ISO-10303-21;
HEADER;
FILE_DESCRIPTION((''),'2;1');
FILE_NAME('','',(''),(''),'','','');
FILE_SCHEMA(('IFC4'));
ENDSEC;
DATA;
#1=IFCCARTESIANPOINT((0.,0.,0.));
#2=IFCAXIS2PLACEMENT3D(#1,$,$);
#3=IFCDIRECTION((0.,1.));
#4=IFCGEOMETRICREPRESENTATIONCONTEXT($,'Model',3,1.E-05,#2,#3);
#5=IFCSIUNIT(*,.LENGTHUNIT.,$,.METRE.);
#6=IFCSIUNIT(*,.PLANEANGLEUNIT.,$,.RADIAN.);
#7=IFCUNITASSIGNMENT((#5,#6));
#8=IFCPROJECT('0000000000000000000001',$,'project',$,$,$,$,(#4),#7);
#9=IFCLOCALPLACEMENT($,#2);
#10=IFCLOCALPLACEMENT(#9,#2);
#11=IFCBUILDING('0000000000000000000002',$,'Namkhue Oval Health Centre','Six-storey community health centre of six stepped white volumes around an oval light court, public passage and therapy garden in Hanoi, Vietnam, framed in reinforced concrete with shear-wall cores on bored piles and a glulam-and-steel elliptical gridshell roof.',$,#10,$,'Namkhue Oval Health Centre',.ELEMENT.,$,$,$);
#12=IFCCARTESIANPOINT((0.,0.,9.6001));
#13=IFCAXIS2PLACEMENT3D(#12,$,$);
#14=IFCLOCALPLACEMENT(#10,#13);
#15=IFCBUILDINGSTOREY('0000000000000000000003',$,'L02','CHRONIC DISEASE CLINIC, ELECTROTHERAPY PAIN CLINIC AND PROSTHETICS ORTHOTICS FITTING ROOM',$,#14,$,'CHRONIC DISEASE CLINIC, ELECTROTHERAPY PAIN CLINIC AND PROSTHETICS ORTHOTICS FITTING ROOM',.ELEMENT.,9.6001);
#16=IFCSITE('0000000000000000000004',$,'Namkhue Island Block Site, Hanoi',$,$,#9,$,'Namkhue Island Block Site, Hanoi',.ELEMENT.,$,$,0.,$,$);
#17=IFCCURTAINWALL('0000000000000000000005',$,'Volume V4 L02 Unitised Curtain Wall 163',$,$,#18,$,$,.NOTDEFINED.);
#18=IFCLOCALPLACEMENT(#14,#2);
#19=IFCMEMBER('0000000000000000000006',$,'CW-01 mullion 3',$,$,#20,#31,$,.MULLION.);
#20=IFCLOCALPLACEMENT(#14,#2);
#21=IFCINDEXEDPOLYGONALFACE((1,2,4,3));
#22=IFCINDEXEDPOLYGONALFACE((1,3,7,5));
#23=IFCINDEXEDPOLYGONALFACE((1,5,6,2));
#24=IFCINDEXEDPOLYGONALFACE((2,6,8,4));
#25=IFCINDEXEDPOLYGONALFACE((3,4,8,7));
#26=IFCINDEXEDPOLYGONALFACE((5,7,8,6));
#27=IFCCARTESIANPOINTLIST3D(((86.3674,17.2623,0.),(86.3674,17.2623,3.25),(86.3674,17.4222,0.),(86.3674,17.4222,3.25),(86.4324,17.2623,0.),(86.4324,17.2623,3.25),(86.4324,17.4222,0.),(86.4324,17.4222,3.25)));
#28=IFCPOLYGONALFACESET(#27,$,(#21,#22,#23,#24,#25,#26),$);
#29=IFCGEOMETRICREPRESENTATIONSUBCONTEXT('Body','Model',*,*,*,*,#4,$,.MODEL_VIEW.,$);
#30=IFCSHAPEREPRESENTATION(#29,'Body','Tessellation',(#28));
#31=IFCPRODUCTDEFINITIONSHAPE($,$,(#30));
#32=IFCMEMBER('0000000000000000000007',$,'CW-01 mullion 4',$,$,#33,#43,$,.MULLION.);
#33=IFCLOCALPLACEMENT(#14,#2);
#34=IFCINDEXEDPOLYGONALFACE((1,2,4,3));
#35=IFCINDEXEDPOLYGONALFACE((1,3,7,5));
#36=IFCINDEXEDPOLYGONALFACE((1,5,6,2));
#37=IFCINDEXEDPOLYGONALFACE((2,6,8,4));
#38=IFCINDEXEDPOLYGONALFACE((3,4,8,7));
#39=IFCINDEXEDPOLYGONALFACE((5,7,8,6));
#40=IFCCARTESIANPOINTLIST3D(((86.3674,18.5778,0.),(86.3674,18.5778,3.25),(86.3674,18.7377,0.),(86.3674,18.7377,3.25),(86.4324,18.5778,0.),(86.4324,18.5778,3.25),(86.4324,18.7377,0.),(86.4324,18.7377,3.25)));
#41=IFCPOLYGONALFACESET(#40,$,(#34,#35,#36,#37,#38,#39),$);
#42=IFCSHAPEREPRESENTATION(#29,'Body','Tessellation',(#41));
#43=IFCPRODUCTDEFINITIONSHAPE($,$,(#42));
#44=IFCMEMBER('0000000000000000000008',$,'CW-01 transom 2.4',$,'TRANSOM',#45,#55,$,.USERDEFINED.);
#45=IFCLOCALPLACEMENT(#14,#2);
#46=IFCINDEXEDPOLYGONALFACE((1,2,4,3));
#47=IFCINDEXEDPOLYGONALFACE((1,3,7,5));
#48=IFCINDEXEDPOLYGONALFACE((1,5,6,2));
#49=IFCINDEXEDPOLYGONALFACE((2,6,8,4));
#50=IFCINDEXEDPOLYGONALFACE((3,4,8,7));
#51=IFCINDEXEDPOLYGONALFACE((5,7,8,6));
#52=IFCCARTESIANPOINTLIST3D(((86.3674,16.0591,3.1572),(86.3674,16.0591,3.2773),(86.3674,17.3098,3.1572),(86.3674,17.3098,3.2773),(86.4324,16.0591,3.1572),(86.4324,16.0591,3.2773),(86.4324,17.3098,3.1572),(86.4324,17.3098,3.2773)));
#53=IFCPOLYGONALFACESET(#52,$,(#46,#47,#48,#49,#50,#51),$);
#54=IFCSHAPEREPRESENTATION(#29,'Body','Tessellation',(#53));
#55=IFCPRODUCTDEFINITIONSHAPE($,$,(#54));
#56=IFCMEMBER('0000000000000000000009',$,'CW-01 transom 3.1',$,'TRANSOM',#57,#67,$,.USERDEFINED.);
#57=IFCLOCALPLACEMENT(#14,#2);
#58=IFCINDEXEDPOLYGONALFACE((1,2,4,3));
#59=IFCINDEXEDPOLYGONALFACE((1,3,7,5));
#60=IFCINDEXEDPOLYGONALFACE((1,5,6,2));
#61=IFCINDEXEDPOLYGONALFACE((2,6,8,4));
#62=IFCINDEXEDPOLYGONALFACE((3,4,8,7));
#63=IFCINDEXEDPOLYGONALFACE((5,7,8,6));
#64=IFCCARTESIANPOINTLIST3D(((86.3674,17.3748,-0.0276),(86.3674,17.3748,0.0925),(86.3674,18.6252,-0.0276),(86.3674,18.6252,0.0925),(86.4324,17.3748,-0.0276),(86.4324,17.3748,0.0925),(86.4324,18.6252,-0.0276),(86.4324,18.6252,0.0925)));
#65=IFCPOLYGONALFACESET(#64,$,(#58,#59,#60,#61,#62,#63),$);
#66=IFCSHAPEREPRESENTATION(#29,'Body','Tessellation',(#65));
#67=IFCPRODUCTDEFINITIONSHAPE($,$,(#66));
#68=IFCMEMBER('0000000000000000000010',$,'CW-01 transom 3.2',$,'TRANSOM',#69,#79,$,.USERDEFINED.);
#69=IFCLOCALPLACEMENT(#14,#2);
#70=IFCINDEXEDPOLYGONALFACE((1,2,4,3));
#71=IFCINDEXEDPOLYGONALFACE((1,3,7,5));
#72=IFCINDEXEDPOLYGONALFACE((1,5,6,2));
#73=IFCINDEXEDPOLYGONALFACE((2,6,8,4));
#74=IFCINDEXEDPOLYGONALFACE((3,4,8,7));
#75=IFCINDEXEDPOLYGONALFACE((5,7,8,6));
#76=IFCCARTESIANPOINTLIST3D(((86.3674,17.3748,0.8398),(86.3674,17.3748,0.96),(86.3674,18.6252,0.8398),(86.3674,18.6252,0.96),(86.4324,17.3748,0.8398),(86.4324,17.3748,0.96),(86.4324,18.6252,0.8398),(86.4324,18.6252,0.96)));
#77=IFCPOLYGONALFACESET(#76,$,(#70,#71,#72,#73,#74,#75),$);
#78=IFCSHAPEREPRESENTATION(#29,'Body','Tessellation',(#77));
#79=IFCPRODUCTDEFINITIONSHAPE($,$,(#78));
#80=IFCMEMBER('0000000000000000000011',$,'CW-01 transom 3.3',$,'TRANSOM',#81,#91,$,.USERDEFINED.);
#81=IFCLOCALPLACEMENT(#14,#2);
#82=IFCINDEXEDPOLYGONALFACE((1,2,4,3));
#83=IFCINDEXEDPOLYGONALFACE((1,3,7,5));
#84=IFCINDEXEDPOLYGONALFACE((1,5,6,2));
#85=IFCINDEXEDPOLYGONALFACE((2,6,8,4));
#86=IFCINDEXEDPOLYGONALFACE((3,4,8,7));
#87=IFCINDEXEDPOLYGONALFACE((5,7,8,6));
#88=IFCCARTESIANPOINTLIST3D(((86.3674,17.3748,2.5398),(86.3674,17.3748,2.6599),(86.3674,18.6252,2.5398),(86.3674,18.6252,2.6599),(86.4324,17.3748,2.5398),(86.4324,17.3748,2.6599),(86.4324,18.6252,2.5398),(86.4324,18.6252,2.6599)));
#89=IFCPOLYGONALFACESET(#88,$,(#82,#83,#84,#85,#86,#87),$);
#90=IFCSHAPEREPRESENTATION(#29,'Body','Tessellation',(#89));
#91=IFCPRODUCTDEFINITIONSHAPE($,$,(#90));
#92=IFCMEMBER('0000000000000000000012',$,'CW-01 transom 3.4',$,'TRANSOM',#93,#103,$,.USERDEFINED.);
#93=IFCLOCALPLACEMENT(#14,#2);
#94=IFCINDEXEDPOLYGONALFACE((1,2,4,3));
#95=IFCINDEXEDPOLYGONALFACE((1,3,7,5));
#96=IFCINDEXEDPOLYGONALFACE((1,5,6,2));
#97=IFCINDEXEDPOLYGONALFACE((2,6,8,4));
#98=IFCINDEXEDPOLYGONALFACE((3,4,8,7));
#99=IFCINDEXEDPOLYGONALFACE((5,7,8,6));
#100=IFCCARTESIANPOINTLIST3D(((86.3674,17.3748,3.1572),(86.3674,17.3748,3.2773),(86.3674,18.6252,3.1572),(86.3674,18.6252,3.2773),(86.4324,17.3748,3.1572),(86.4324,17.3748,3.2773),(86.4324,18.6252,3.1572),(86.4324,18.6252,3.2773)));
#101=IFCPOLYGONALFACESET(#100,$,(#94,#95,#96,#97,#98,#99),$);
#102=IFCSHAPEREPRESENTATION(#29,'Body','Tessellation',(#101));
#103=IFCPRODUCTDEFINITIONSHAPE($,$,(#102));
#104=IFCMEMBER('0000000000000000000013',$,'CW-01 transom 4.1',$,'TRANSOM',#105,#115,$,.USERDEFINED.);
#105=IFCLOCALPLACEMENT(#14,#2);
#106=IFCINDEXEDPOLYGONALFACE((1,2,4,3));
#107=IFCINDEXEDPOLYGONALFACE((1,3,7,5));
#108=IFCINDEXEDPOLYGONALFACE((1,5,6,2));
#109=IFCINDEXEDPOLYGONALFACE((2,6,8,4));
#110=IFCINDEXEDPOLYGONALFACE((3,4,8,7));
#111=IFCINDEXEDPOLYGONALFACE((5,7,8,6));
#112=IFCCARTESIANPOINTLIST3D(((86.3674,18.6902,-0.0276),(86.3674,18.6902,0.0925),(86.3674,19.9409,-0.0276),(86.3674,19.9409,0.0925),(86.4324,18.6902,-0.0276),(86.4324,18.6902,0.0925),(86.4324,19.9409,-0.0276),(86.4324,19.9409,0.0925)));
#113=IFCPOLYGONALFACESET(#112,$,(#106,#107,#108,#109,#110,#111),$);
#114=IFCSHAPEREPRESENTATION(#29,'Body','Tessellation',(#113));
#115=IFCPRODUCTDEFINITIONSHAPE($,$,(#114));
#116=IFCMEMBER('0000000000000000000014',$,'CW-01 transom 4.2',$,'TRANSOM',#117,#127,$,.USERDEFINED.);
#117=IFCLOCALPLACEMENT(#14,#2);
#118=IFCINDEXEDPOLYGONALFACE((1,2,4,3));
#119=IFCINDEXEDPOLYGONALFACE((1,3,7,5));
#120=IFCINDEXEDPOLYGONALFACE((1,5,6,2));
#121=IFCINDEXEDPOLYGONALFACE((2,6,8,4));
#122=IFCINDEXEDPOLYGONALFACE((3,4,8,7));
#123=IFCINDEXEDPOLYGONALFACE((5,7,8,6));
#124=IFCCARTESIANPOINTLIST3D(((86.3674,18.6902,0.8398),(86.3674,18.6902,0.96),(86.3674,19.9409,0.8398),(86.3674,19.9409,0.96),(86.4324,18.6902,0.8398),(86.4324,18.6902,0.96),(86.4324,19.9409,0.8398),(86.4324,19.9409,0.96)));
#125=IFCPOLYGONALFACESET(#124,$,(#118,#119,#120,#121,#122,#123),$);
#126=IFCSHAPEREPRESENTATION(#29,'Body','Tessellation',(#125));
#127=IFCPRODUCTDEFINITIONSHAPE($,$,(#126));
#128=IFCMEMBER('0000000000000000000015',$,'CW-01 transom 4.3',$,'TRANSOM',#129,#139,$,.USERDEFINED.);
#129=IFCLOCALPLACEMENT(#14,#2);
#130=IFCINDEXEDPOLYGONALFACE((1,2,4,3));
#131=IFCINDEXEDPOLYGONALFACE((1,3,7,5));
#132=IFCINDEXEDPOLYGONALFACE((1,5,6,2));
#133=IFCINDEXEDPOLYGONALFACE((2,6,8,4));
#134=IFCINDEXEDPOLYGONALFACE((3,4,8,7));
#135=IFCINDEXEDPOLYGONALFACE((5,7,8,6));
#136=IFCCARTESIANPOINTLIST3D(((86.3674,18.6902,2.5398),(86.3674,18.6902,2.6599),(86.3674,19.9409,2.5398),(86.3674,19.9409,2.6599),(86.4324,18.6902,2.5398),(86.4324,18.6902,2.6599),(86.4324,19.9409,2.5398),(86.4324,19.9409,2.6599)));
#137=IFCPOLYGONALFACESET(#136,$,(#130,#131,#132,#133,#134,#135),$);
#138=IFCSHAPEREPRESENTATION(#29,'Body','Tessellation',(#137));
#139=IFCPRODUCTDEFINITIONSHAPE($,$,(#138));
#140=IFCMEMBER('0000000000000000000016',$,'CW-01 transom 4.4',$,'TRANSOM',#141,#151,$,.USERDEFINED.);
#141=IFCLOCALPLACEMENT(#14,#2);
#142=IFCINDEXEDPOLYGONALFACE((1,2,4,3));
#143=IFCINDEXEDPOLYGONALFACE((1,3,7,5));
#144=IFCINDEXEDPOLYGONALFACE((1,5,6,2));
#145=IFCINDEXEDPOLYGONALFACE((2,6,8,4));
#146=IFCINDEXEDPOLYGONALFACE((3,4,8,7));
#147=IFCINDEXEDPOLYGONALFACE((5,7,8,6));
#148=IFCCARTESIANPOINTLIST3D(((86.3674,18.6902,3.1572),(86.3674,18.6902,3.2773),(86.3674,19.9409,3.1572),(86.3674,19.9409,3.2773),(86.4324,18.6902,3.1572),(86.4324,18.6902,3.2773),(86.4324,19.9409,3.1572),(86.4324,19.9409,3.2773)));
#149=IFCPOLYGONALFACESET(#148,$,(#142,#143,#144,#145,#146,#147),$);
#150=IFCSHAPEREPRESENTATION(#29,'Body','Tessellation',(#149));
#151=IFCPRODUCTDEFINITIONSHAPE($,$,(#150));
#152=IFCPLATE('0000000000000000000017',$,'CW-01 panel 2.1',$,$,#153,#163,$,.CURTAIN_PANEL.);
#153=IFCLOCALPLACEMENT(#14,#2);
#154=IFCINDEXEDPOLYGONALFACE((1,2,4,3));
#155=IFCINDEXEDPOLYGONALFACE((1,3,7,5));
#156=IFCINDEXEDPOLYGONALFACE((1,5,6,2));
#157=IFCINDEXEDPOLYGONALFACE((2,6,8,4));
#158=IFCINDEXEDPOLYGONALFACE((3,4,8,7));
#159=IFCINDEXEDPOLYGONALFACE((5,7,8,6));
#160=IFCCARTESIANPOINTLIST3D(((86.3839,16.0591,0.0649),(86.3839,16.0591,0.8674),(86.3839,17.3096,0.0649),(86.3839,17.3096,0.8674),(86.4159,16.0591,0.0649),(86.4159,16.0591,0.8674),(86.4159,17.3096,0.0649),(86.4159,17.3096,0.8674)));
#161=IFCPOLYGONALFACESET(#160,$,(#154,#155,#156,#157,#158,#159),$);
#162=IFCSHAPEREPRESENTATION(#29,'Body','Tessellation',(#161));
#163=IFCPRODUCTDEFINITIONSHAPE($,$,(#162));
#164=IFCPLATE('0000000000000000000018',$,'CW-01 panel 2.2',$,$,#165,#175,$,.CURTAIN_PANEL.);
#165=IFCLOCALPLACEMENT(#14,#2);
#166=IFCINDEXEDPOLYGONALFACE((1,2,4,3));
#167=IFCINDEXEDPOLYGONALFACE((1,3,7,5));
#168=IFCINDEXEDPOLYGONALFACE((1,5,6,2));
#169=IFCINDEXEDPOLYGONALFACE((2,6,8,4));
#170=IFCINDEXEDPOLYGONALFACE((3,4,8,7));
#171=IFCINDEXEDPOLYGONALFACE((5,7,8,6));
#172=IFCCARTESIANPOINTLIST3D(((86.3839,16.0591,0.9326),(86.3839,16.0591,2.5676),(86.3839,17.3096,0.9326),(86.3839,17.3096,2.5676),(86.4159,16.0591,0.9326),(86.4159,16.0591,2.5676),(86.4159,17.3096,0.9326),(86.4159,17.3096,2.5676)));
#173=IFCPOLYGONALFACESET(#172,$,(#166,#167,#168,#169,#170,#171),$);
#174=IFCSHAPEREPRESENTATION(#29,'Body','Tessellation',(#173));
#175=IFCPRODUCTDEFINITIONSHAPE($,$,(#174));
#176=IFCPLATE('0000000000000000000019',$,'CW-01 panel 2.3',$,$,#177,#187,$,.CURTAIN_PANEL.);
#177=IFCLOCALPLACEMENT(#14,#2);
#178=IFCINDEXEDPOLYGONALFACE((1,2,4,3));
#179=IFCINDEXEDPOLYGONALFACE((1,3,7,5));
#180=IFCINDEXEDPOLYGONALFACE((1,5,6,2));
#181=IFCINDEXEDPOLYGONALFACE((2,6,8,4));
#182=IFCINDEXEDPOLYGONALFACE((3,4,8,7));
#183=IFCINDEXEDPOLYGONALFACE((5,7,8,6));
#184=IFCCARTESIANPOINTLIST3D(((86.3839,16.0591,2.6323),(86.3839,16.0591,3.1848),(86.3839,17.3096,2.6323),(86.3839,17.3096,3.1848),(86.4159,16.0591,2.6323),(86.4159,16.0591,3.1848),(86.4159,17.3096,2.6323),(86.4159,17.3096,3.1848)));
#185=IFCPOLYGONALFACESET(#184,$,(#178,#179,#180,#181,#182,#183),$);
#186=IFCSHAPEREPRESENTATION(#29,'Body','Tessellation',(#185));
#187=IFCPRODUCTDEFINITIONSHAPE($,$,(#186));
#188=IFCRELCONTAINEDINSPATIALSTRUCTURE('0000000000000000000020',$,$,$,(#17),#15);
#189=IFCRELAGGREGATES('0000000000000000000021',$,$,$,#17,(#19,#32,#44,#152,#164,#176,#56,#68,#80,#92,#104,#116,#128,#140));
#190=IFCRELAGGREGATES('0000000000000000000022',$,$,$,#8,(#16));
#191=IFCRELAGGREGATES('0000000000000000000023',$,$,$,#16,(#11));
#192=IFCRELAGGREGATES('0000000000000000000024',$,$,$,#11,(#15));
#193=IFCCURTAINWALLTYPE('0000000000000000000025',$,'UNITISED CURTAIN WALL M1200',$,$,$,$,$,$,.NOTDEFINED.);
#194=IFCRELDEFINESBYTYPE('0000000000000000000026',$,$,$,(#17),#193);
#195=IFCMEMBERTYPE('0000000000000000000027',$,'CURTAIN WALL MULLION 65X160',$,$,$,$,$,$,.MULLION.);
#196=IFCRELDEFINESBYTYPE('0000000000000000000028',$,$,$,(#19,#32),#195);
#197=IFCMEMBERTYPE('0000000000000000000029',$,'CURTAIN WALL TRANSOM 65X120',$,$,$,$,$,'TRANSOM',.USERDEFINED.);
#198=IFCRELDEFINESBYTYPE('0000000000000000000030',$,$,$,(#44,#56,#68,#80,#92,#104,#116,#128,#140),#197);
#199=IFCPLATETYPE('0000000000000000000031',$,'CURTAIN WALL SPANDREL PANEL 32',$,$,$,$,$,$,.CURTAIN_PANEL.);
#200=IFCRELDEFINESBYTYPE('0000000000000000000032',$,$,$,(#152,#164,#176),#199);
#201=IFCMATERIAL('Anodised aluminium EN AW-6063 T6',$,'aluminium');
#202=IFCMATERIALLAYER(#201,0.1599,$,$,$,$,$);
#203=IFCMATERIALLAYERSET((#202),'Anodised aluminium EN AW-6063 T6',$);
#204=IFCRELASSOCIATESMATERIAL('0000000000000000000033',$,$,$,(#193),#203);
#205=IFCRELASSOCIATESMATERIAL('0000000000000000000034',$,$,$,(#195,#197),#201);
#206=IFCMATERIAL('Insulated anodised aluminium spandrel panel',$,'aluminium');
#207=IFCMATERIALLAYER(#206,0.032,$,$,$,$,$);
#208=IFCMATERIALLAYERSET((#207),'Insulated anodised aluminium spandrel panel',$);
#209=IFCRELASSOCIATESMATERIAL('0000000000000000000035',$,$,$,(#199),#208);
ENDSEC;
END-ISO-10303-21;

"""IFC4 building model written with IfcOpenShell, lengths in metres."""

from ifc_helpers import new_model, si_unit, direction, frame, origin, origin_2d, place, context, subcontext, project, spatial, rectangle, extrude, material, layer, layer_set, material_profile, profile_set, type_object, element, aggregate, save


model = new_model("IFC4")

# Units and contexts
model_context = context("Model", 3, precision=1e-05, world=origin(), true_north=direction((0.0, 1.0)))
body_context = subcontext(model_context, "Body", "Model", "MODEL_VIEW")
ifc_project = project(units=[si_unit("LENGTHUNIT", "METRE"), si_unit("PLANEANGLEUNIT", "RADIAN")], contexts=[model_context])

# Site, building, storey
site_placement = place(None, origin())
site = spatial("IfcSite", under=ifc_project, at=site_placement, Name="Namkhue Island Block Site, Hanoi", LongName="Namkhue Island Block Site, Hanoi", CompositionType="ELEMENT", RefElevation=0.0)
building_placement = place(site_placement, origin())
building = spatial("IfcBuilding", under=site, at=building_placement, Name="Namkhue Oval Health Centre", Description="Six-storey community health centre of six stepped white volumes around an oval light court, public passage and therapy garden in Hanoi, Vietnam, framed in reinforced concrete with shear-wall cores on bored piles and a glulam-and-steel elliptical gridshell roof.", LongName="Namkhue Oval Health Centre", CompositionType="ELEMENT")
storey_placement = place(building_placement, frame((0.0, 0.0, 9.6001)))
storey = spatial("IfcBuildingStorey", under=building, at=storey_placement, Name="L02", Description="CHRONIC DISEASE CLINIC, ELECTROTHERAPY PAIN CLINIC AND PROSTHETICS ORTHOTICS FITTING ROOM", LongName="CHRONIC DISEASE CLINIC, ELECTROTHERAPY PAIN CLINIC AND PROSTHETICS ORTHOTICS FITTING ROOM", CompositionType="ELEMENT", Elevation=9.6001)

# Curtain wall, members, plates
ifc_material_1 = material(Name="Anodised aluminium EN AW-6063 T6", Category="aluminium")
ifc_layer_1 = layer(ifc_material_1, 0.1599)
ifc_layer_set_1 = layer_set([ifc_layer_1], Name="Anodised aluminium EN AW-6063 T6")
curtain_wall_type = type_object("IfcCurtainWallType", Name="UNITISED CURTAIN WALL M1200", PredefinedType="NOTDEFINED", material=ifc_layer_set_1)
curtain_wall_placement = place(storey_placement, origin())
curtain_wall = element("IfcCurtainWall", 1, at=curtain_wall_placement, inside=storey, type_object=curtain_wall_type, Name="Volume V4 L02 Unitised Curtain Wall 163", PredefinedType="NOTDEFINED")
ifc_material_profile_1 = material_profile(ifc_material_1, rectangle(XDim=0.0649, YDim=0.1599, at=origin_2d()), Name="ALU 65x160")
ifc_profile_set_1 = profile_set([ifc_material_profile_1], Name="Anodised aluminium EN AW-6063 T6")
member_type_1 = type_object("IfcMemberType", Name="CURTAIN WALL MULLION 65X160", PredefinedType="MULLION", material=ifc_profile_set_1)
member_1_placement = place(storey_placement, frame((86.3999, 17.3423, 0.0), z_axis=(0.0, 0.0, 1.0), x_axis=(-1.0, 0.0, 0.0)))
member_1 = element("IfcMember", 2, at=member_1_placement, type_object=member_type_1, Name="CW-01 mullion 3", PredefinedType="MULLION", context=body_context, shape_type="SweptSolid", body=[
    extrude(rectangle(XDim=0.0649, YDim=0.1599, at=origin_2d()), origin(), (0.0, 0.0, 1.0), 3.25),
])
member_2_placement = place(storey_placement, frame((86.3999, 18.6577, 0.0), z_axis=(0.0, 0.0, 1.0), x_axis=(-1.0, 0.0, 0.0)))
member_2 = element("IfcMember", 3, at=member_2_placement, type_object=member_type_1, Name="CW-01 mullion 4", PredefinedType="MULLION", context=body_context, shape_type="SweptSolid", body=[
    extrude(rectangle(XDim=0.0649, YDim=0.1599, at=origin_2d()), origin(), (0.0, 0.0, 1.0), 3.25),
])
ifc_material_profile_2 = material_profile(ifc_material_1, rectangle(XDim=0.0649, YDim=0.1201, at=origin_2d()), Name="ALU 65x120")
ifc_profile_set_2 = profile_set([ifc_material_profile_2], Name="Anodised aluminium EN AW-6063 T6")
member_type_2 = type_object("IfcMemberType", Name="CURTAIN WALL TRANSOM 65X120", ElementType="TRANSOM", PredefinedType="USERDEFINED", material=ifc_profile_set_2)
member_3_placement = place(storey_placement, frame((86.3999, 16.0591, 3.2173), z_axis=(0.0, 1.0, 0.0), x_axis=(-1.0, 0.0, 0.0)))
member_3 = element("IfcMember", 4, at=member_3_placement, type_object=member_type_2, Name="CW-01 transom 2.4", ObjectType="TRANSOM", PredefinedType="USERDEFINED", context=body_context, shape_type="SweptSolid", body=[
    extrude(rectangle(XDim=0.0649, YDim=0.1201, at=origin_2d()), origin(), (0.0, 0.0, 1.0), 1.2507),
])
member_4_placement = place(storey_placement, frame((86.3999, 17.3748, 0.0325), z_axis=(0.0, 1.0, 0.0), x_axis=(-1.0, 0.0, 0.0)))
member_4 = element("IfcMember", 5, at=member_4_placement, type_object=member_type_2, Name="CW-01 transom 3.1", ObjectType="TRANSOM", PredefinedType="USERDEFINED", context=body_context, shape_type="SweptSolid", body=[
    extrude(rectangle(XDim=0.0649, YDim=0.1201, at=origin_2d()), origin(), (0.0, 0.0, 1.0), 1.2505),
])
member_5_placement = place(storey_placement, frame((86.3999, 17.3748, 0.8999), z_axis=(0.0, 1.0, 0.0), x_axis=(-1.0, 0.0, 0.0)))
member_5 = element("IfcMember", 6, at=member_5_placement, type_object=member_type_2, Name="CW-01 transom 3.2", ObjectType="TRANSOM", PredefinedType="USERDEFINED", context=body_context, shape_type="SweptSolid", body=[
    extrude(rectangle(XDim=0.0649, YDim=0.1201, at=origin_2d()), origin(), (0.0, 0.0, 1.0), 1.2505),
])
member_6_placement = place(storey_placement, frame((86.3999, 17.3748, 2.5999), z_axis=(0.0, 1.0, 0.0), x_axis=(-1.0, 0.0, 0.0)))
member_6 = element("IfcMember", 7, at=member_6_placement, type_object=member_type_2, Name="CW-01 transom 3.3", ObjectType="TRANSOM", PredefinedType="USERDEFINED", context=body_context, shape_type="SweptSolid", body=[
    extrude(rectangle(XDim=0.0649, YDim=0.1201, at=origin_2d()), origin(), (0.0, 0.0, 1.0), 1.2505),
])
member_7_placement = place(storey_placement, frame((86.3999, 17.3748, 3.2173), z_axis=(0.0, 1.0, 0.0), x_axis=(-1.0, 0.0, 0.0)))
member_7 = element("IfcMember", 8, at=member_7_placement, type_object=member_type_2, Name="CW-01 transom 3.4", ObjectType="TRANSOM", PredefinedType="USERDEFINED", context=body_context, shape_type="SweptSolid", body=[
    extrude(rectangle(XDim=0.0649, YDim=0.1201, at=origin_2d()), origin(), (0.0, 0.0, 1.0), 1.2505),
])
member_8_placement = place(storey_placement, frame((86.3999, 18.6902, 0.0325), z_axis=(0.0, 1.0, 0.0), x_axis=(-1.0, 0.0, 0.0)))
member_8 = element("IfcMember", 9, at=member_8_placement, type_object=member_type_2, Name="CW-01 transom 4.1", ObjectType="TRANSOM", PredefinedType="USERDEFINED", context=body_context, shape_type="SweptSolid", body=[
    extrude(rectangle(XDim=0.0649, YDim=0.1201, at=origin_2d()), origin(), (0.0, 0.0, 1.0), 1.2507),
])
member_9_placement = place(storey_placement, frame((86.3999, 18.6902, 0.8999), z_axis=(0.0, 1.0, 0.0), x_axis=(-1.0, 0.0, 0.0)))
member_9 = element("IfcMember", 10, at=member_9_placement, type_object=member_type_2, Name="CW-01 transom 4.2", ObjectType="TRANSOM", PredefinedType="USERDEFINED", context=body_context, shape_type="SweptSolid", body=[
    extrude(rectangle(XDim=0.0649, YDim=0.1201, at=origin_2d()), origin(), (0.0, 0.0, 1.0), 1.2507),
])
member_10_placement = place(storey_placement, frame((86.3999, 18.6902, 2.5999), z_axis=(0.0, 1.0, 0.0), x_axis=(-1.0, 0.0, 0.0)))
member_10 = element("IfcMember", 11, at=member_10_placement, type_object=member_type_2, Name="CW-01 transom 4.3", ObjectType="TRANSOM", PredefinedType="USERDEFINED", context=body_context, shape_type="SweptSolid", body=[
    extrude(rectangle(XDim=0.0649, YDim=0.1201, at=origin_2d()), origin(), (0.0, 0.0, 1.0), 1.2507),
])
member_11_placement = place(storey_placement, frame((86.3999, 18.6902, 3.2173), z_axis=(0.0, 1.0, 0.0), x_axis=(-1.0, 0.0, 0.0)))
member_11 = element("IfcMember", 12, at=member_11_placement, type_object=member_type_2, Name="CW-01 transom 4.4", ObjectType="TRANSOM", PredefinedType="USERDEFINED", context=body_context, shape_type="SweptSolid", body=[
    extrude(rectangle(XDim=0.0649, YDim=0.1201, at=origin_2d()), origin(), (0.0, 0.0, 1.0), 1.2507),
])
ifc_material_2 = material(Name="Insulated anodised aluminium spandrel panel", Category="aluminium")
ifc_layer_2 = layer(ifc_material_2, 0.032)
ifc_layer_set_2 = layer_set([ifc_layer_2], Name="Insulated anodised aluminium spandrel panel")
plate_type = type_object("IfcPlateType", Name="CURTAIN WALL SPANDREL PANEL 32", PredefinedType="CURTAIN_PANEL", material=ifc_layer_set_2)
plate_1_placement = place(storey_placement, frame((86.3999, 16.6843, 0.0649), z_axis=(0.0, 0.0, 1.0), x_axis=(0.0, 1.0, 0.0)))
plate_1 = element("IfcPlate", 13, at=plate_1_placement, type_object=plate_type, Name="CW-01 panel 2.1", PredefinedType="CURTAIN_PANEL", context=body_context, shape_type="SweptSolid", body=[
    extrude(rectangle(XDim=1.2505, YDim=0.032, at=origin_2d()), origin(), (0.0, 0.0, 1.0), 0.8025),
])
plate_2_placement = place(storey_placement, frame((86.3999, 16.6843, 0.9326), z_axis=(0.0, 0.0, 1.0), x_axis=(0.0, 1.0, 0.0)))
plate_2 = element("IfcPlate", 14, at=plate_2_placement, type_object=plate_type, Name="CW-01 panel 2.2", PredefinedType="CURTAIN_PANEL", context=body_context, shape_type="SweptSolid", body=[
    extrude(rectangle(XDim=1.2505, YDim=0.032, at=origin_2d()), origin(), (0.0, 0.0, 1.0), 1.635),
])
plate_3_placement = place(storey_placement, frame((86.3999, 16.6843, 2.6323), z_axis=(0.0, 0.0, 1.0), x_axis=(0.0, 1.0, 0.0)))
plate_3 = element("IfcPlate", 15, at=plate_3_placement, type_object=plate_type, Name="CW-01 panel 2.3", PredefinedType="CURTAIN_PANEL", context=body_context, shape_type="SweptSolid", body=[
    extrude(rectangle(XDim=1.2505, YDim=0.032, at=origin_2d()), origin(), (0.0, 0.0, 1.0), 0.5525),
])
aggregate(curtain_wall, [member_1, member_2, member_3, plate_1, plate_2, plate_3, member_4, member_5, member_6, member_7, member_8, member_9, member_10, member_11])

save(model, "model.ifc")
